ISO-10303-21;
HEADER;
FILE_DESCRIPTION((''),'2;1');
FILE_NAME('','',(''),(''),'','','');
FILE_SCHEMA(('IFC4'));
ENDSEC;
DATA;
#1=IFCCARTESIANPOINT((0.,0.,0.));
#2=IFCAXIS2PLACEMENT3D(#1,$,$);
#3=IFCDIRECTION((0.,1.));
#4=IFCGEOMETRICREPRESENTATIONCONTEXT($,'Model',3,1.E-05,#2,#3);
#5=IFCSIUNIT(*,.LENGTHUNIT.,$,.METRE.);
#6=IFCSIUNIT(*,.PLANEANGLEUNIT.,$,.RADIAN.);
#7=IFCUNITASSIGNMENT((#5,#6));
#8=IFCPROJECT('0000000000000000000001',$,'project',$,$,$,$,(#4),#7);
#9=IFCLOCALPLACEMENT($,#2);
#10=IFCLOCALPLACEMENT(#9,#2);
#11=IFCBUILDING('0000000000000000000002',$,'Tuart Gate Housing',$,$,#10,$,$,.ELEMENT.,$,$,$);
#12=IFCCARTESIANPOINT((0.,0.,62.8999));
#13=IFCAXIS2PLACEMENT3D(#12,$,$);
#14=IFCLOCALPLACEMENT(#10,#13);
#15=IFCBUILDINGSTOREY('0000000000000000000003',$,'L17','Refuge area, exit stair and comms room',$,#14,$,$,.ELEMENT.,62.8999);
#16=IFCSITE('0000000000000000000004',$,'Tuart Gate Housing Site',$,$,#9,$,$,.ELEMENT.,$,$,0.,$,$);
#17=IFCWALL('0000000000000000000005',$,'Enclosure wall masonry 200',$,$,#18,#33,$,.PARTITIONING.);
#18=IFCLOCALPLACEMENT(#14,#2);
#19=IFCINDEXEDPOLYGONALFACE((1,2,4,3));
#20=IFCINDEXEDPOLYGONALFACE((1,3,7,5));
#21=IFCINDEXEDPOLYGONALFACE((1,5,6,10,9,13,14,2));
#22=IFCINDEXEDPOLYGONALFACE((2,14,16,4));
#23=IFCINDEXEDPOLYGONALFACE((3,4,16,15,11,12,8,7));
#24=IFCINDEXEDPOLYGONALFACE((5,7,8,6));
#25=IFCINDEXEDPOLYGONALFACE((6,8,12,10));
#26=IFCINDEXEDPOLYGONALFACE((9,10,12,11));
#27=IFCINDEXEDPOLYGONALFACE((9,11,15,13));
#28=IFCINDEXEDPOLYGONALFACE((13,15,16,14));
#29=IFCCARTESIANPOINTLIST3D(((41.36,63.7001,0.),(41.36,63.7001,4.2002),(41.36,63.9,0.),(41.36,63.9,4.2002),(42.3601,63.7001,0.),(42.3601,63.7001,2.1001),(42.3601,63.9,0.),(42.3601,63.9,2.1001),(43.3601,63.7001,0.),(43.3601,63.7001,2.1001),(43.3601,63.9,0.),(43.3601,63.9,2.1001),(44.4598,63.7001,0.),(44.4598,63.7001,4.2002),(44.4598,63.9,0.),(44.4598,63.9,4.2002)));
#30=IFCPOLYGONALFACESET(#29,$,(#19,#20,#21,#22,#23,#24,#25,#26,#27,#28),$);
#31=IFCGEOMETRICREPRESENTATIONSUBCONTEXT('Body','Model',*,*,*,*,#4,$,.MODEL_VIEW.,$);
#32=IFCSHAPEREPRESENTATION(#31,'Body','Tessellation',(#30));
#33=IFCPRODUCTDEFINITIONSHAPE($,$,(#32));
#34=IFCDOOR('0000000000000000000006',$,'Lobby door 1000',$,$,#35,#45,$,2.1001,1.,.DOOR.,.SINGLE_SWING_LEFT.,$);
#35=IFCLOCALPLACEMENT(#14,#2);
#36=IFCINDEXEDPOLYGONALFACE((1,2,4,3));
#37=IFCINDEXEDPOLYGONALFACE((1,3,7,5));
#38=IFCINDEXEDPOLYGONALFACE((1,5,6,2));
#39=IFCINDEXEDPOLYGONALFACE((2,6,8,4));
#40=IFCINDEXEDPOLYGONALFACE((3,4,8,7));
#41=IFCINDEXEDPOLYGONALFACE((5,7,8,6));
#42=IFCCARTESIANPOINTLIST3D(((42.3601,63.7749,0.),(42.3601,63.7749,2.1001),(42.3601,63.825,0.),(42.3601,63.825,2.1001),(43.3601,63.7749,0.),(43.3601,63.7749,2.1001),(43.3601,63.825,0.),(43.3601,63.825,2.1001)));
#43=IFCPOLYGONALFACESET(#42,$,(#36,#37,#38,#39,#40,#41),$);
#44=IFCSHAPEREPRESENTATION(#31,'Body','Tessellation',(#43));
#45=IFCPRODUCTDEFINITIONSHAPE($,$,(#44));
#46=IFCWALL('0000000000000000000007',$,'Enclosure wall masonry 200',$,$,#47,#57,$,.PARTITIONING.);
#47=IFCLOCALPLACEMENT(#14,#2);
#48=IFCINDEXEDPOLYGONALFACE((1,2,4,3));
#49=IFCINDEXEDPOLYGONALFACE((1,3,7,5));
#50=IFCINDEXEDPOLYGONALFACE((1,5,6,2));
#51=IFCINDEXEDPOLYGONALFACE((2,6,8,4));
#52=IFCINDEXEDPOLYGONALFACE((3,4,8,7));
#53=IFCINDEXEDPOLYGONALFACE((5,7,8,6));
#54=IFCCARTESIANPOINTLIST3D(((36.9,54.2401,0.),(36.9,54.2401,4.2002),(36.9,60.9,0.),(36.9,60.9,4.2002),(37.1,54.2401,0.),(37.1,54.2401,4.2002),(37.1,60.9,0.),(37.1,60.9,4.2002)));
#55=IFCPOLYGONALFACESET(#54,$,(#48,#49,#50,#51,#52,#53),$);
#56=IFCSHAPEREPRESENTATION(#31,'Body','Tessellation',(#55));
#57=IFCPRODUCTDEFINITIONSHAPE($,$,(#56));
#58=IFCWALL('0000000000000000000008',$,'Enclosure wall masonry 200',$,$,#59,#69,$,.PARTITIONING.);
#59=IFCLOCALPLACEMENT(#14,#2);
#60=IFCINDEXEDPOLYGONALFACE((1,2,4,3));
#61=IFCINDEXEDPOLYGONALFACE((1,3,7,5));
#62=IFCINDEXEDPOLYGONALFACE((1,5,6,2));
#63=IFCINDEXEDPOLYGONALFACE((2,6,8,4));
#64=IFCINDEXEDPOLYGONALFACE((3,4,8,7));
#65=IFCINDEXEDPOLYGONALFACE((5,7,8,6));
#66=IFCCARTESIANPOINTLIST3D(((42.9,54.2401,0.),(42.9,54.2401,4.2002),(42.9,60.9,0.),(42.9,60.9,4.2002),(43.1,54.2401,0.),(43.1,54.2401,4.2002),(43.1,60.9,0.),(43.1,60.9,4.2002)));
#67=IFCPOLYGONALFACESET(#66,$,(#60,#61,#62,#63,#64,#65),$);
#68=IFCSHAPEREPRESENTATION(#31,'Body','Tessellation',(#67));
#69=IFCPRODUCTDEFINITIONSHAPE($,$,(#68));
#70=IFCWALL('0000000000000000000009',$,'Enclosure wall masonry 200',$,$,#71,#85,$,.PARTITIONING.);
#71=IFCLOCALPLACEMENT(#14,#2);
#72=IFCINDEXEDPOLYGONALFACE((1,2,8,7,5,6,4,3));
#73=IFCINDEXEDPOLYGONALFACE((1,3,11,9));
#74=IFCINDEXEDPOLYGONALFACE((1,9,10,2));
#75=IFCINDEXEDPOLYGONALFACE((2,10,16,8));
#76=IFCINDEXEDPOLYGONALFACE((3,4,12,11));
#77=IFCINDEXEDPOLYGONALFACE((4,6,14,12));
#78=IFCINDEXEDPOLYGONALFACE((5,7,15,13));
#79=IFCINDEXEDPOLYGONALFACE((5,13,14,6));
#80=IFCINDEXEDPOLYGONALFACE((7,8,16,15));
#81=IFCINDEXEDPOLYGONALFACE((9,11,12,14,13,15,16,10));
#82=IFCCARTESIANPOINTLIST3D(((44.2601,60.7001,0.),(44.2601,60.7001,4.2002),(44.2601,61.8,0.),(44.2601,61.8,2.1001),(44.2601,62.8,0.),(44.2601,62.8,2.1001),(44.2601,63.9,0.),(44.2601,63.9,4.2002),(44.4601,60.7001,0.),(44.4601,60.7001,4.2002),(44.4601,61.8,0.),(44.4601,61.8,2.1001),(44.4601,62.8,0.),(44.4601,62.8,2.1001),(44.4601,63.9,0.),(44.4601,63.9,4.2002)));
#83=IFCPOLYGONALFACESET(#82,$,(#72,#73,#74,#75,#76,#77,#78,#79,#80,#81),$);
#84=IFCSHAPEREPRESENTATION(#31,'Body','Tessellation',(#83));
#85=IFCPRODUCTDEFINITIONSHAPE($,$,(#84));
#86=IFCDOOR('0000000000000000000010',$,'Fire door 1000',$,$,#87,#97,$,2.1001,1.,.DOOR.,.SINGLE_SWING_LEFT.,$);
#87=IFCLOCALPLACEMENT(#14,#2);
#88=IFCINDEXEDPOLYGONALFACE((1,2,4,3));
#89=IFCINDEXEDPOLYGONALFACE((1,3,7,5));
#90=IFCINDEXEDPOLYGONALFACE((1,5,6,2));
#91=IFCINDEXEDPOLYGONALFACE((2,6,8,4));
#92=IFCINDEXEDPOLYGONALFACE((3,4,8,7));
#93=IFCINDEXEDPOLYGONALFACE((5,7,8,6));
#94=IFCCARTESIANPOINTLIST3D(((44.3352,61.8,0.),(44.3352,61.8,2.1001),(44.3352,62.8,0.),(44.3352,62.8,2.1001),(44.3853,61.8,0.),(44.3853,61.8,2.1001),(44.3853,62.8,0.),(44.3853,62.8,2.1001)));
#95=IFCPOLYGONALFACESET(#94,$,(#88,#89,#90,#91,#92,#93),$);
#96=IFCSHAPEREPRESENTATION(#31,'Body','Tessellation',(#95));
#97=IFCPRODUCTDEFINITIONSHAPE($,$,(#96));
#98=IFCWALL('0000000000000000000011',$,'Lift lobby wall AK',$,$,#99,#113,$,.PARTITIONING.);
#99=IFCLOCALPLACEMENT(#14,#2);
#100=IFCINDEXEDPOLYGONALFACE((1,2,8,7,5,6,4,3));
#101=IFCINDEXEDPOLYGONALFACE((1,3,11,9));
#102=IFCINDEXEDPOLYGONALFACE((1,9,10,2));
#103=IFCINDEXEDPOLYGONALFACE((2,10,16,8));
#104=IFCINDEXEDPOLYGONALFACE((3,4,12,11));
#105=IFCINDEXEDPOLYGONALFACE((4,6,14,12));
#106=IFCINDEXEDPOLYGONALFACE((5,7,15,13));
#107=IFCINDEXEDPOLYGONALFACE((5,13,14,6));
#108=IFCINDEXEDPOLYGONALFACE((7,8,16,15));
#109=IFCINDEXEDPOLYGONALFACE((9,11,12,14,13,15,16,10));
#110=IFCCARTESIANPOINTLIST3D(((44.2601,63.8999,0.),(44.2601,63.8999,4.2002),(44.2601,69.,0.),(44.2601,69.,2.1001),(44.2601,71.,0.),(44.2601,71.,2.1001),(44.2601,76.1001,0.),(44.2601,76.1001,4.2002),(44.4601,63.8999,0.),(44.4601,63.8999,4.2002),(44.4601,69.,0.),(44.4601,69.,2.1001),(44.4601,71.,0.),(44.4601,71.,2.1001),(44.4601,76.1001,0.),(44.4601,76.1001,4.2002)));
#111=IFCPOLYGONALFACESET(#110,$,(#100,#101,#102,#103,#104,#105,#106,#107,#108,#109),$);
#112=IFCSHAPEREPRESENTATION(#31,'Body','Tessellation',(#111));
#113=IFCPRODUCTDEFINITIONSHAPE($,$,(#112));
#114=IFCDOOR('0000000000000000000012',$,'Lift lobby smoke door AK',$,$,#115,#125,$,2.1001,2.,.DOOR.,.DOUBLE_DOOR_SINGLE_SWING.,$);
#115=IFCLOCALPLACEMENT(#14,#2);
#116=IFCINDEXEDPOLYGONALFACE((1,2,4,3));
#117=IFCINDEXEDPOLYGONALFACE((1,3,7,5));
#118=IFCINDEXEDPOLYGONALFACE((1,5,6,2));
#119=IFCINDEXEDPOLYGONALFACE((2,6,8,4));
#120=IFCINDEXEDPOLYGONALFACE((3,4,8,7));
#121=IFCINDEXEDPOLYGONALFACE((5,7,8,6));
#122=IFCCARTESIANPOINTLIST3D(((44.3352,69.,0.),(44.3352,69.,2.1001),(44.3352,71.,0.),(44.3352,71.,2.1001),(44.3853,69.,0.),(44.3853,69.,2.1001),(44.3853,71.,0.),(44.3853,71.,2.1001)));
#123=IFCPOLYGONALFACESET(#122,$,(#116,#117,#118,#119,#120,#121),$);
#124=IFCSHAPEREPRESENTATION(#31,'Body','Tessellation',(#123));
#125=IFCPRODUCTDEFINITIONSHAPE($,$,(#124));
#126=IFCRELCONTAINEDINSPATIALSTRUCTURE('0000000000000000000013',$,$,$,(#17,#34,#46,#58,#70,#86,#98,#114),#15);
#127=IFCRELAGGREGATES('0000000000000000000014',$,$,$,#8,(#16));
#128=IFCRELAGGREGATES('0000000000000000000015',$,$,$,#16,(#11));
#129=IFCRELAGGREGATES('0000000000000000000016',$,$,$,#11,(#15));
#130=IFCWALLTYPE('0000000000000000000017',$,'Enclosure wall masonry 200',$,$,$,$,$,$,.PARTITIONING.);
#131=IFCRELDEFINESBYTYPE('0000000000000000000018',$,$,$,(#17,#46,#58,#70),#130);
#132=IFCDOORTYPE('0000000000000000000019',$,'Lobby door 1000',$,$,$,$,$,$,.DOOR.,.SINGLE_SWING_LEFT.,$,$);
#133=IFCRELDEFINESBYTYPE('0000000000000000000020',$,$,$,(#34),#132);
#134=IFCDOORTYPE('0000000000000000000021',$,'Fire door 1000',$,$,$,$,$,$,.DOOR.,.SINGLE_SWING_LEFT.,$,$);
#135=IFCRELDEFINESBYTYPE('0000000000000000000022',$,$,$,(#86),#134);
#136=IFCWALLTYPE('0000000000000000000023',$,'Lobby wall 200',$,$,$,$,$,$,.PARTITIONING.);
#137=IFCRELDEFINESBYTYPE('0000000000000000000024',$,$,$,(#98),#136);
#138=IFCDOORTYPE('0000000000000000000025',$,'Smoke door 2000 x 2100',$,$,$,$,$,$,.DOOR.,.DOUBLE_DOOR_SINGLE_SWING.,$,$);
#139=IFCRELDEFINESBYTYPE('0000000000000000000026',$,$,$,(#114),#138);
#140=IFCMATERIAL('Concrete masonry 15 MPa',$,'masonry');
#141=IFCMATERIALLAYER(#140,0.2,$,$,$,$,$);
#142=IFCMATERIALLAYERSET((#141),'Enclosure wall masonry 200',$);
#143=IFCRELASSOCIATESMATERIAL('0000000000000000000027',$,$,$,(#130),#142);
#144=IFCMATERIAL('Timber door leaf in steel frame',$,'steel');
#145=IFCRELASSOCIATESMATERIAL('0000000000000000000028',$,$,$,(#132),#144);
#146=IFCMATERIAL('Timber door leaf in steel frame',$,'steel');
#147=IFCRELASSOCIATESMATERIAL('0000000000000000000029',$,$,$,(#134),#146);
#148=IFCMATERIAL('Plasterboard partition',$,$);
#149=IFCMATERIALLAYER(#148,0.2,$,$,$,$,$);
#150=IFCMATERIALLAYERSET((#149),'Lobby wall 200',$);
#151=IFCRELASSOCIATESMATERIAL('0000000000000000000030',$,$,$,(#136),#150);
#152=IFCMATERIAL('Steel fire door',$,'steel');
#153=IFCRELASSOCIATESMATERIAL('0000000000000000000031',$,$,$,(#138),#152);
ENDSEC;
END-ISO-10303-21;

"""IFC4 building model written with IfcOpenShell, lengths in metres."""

from ifc_helpers import new_model, si_unit, direction, frame, frame_2d, origin, place, context, subcontext, project, spatial, rectangle, extrude, material, layer, layer_set, type_object, element, fill, save


model = new_model("IFC4")

# Units and contexts
model_context = context("Model", 3, precision=1e-05, world=origin(), true_north=direction((0.0, 1.0)))
body_context = subcontext(model_context, "Body", "Model", "MODEL_VIEW")
ifc_project = project(units=[si_unit("LENGTHUNIT", "METRE"), si_unit("PLANEANGLEUNIT", "RADIAN")], contexts=[model_context])

# Site, building, storey
site_placement = place(None, origin())
site = spatial("IfcSite", under=ifc_project, at=site_placement, Name="Tuart Gate Housing Site", CompositionType="ELEMENT", RefElevation=0.0)
building_placement = place(site_placement, origin())
building = spatial("IfcBuilding", under=site, at=building_placement, Name="Tuart Gate Housing", CompositionType="ELEMENT")
storey_placement = place(building_placement, frame((0.0, 0.0, 62.8999)))
storey = spatial("IfcBuildingStorey", under=building, at=storey_placement, Name="L17", Description="Refuge area, exit stair and comms room", CompositionType="ELEMENT", Elevation=62.8999)

# Wall, opening, door
ifc_material_1 = material(Name="Concrete masonry 15 MPa", Category="masonry")
ifc_layer_1 = layer(ifc_material_1, 0.2)
ifc_layer_set_1 = layer_set([ifc_layer_1], Name="Enclosure wall masonry 200")
wall_type_1 = type_object("IfcWallType", Name="Enclosure wall masonry 200", PredefinedType="PARTITIONING", material=ifc_layer_set_1)
wall_1_placement = place(storey_placement, frame((41.3601, 63.8, 0.0), z_axis=(0.0, 0.0, 1.0), x_axis=(1.0, 0.0, 0.0)))
wall_1 = element("IfcWall", 1, at=wall_1_placement, inside=storey, type_object=wall_type_1, Name="Enclosure wall masonry 200", PredefinedType="PARTITIONING", context=body_context, shape_type="SweptSolid", body=[
    extrude(rectangle(XDim=3.0999, YDim=0.2, at=frame_2d((1.5498, 0.0))), origin(), (0.0, 0.0, 1.0), 4.2002),
])
opening_1_placement = place(wall_1_placement, frame((1.0, 0.0, 0.0)))
opening_1 = element("IfcOpeningElement", 2, at=opening_1_placement, cuts=wall_1, PredefinedType="OPENING", context=body_context, shape_type="SweptSolid", body=[
    extrude(rectangle(XDim=1.0, YDim=2.1001, at=frame_2d((0.5, 1.05))), frame((0.0, 0.1099, 0.0), z_axis=(0.0, -1.0, 0.0), x_axis=(1.0, 0.0, 0.0)), (0.0, 0.0, 1.0), 0.22),
])
ifc_material_2 = material(Name="Timber door leaf in steel frame", Category="steel")
door_type_1 = type_object("IfcDoorType", Name="Lobby door 1000", OperationType="SINGLE_SWING_LEFT", PredefinedType="DOOR", material=ifc_material_2)
door_1_placement = place(opening_1_placement, frame((1.0, 0.0, 0.0), z_axis=(0.0, 0.0, 1.0), x_axis=(-1.0, 0.0, 0.0)))
door_1 = element("IfcDoor", 3, at=door_1_placement, inside=storey, type_object=door_type_1, Name="Lobby door 1000", OperationType="SINGLE_SWING_LEFT", OverallHeight=2.1001, OverallWidth=1.0, PredefinedType="DOOR", context=body_context, shape_type="SweptSolid", body=[
    extrude(rectangle(XDim=1.0, YDim=2.1001, at=frame_2d((0.5, 1.05))), frame((0.0, 0.0251, 0.0), z_axis=(0.0, -1.0, 0.0), x_axis=(1.0, 0.0, 0.0)), (0.0, 0.0, 1.0), 0.05),
])
fill(opening_1, door_1)

# Walls
for number, where, z_axis, x_axis, name in (
    (4, (37.0, 54.24, 0.0), (0.0, 0.0, 1.0), (0.0, 1.0, 0.0), "Enclosure wall masonry 200"),
    (5, (43.0, 54.24, 0.0), (0.0, 0.0, 1.0), (0.0, 1.0, 0.0), "Enclosure wall masonry 200"),
):
    element("IfcWall", number, at=place(storey_placement, frame(where, z_axis=z_axis, x_axis=x_axis)), inside=storey, type_object=wall_type_1, Name=name, PredefinedType="PARTITIONING", context=body_context, shape_type="SweptSolid", body=[
        extrude(rectangle(XDim=6.6599, YDim=0.2, at=frame_2d((3.3301, 0.0))), origin(), (0.0, 0.0, 1.0), 4.2002),
    ])

# Walls, openings, doors
wall_2_placement = place(storey_placement, frame((44.3601, 60.7, 0.0), z_axis=(0.0, 0.0, 1.0), x_axis=(0.0, 1.0, 0.0)))
wall_2 = element("IfcWall", 6, at=wall_2_placement, inside=storey, type_object=wall_type_1, Name="Enclosure wall masonry 200", PredefinedType="PARTITIONING", context=body_context, shape_type="SweptSolid", body=[
    extrude(rectangle(XDim=3.2, YDim=0.2, at=frame_2d((1.6001, 0.0))), origin(), (0.0, 0.0, 1.0), 4.2002),
])
opening_2_placement = place(wall_2_placement, frame((1.1001, 0.0, 0.0)))
opening_2 = element("IfcOpeningElement", 7, at=opening_2_placement, cuts=wall_2, PredefinedType="OPENING", context=body_context, shape_type="SweptSolid", body=[
    extrude(rectangle(XDim=1.0, YDim=2.1001, at=frame_2d((0.5, 1.05))), frame((0.0, 0.1099, 0.0), z_axis=(0.0, -1.0, 0.0), x_axis=(1.0, 0.0, 0.0)), (0.0, 0.0, 1.0), 0.22),
])
ifc_material_3 = material(Name="Timber door leaf in steel frame", Category="steel")
door_type_2 = type_object("IfcDoorType", Name="Fire door 1000", OperationType="SINGLE_SWING_LEFT", PredefinedType="DOOR", material=ifc_material_3)
door_2_placement = place(opening_2_placement, frame((1.0, 0.0, 0.0), z_axis=(0.0, 0.0, 1.0), x_axis=(-1.0, 0.0, 0.0)))
door_2 = element("IfcDoor", 8, at=door_2_placement, inside=storey, type_object=door_type_2, Name="Fire door 1000", OperationType="SINGLE_SWING_LEFT", OverallHeight=2.1001, OverallWidth=1.0, PredefinedType="DOOR", context=body_context, shape_type="SweptSolid", body=[
    extrude(rectangle(XDim=1.0, YDim=2.1001, at=frame_2d((0.5, 1.05))), frame((0.0, 0.0251, 0.0), z_axis=(0.0, -1.0, 0.0), x_axis=(1.0, 0.0, 0.0)), (0.0, 0.0, 1.0), 0.05),
])
fill(opening_2, door_2)
ifc_material_4 = material(Name="Plasterboard partition")
ifc_layer_2 = layer(ifc_material_4, 0.2)
ifc_layer_set_2 = layer_set([ifc_layer_2], Name="Lobby wall 200")
wall_type_2 = type_object("IfcWallType", Name="Lobby wall 200", PredefinedType="PARTITIONING", material=ifc_layer_set_2)
wall_3_placement = place(storey_placement, frame((44.3601, 63.8999, 0.0), z_axis=(0.0, 0.0, 1.0), x_axis=(0.0, 1.0, 0.0)))
wall_3 = element("IfcWall", 9, at=wall_3_placement, inside=storey, type_object=wall_type_2, Name="Lift lobby wall AK", PredefinedType="PARTITIONING", context=body_context, shape_type="SweptSolid", body=[
    extrude(rectangle(XDim=12.2002, YDim=0.2, at=frame_2d((6.1001, 0.0))), origin(), (0.0, 0.0, 1.0), 4.2002),
])
opening_3_placement = place(wall_3_placement, frame((5.1001, 0.0, 0.0)))
opening_3 = element("IfcOpeningElement", 10, at=opening_3_placement, cuts=wall_3, PredefinedType="OPENING", context=body_context, shape_type="SweptSolid", body=[
    extrude(rectangle(XDim=2.0, YDim=2.1001, at=frame_2d((1.0, 1.05))), frame((0.0, 0.1099, 0.0), z_axis=(0.0, -1.0, 0.0), x_axis=(1.0, 0.0, 0.0)), (0.0, 0.0, 1.0), 0.22),
])
ifc_material_5 = material(Name="Steel fire door", Category="steel")
door_type_3 = type_object("IfcDoorType", Name="Smoke door 2000 x 2100", OperationType="DOUBLE_DOOR_SINGLE_SWING", PredefinedType="DOOR", material=ifc_material_5)
door_3_placement = place(opening_3_placement, origin())
door_3 = element("IfcDoor", 11, at=door_3_placement, inside=storey, type_object=door_type_3, Name="Lift lobby smoke door AK", OperationType="DOUBLE_DOOR_SINGLE_SWING", OverallHeight=2.1001, OverallWidth=2.0, PredefinedType="DOOR", context=body_context, shape_type="SweptSolid", body=[
    extrude(rectangle(XDim=2.0, YDim=2.1001, at=frame_2d((1.0, 1.05))), frame((0.0, 0.0249, 0.0), z_axis=(0.0, -1.0, 0.0), x_axis=(1.0, 0.0, 0.0)), (0.0, 0.0, 1.0), 0.05),
])
fill(opening_3, door_3)

save(model, "model.ifc")
